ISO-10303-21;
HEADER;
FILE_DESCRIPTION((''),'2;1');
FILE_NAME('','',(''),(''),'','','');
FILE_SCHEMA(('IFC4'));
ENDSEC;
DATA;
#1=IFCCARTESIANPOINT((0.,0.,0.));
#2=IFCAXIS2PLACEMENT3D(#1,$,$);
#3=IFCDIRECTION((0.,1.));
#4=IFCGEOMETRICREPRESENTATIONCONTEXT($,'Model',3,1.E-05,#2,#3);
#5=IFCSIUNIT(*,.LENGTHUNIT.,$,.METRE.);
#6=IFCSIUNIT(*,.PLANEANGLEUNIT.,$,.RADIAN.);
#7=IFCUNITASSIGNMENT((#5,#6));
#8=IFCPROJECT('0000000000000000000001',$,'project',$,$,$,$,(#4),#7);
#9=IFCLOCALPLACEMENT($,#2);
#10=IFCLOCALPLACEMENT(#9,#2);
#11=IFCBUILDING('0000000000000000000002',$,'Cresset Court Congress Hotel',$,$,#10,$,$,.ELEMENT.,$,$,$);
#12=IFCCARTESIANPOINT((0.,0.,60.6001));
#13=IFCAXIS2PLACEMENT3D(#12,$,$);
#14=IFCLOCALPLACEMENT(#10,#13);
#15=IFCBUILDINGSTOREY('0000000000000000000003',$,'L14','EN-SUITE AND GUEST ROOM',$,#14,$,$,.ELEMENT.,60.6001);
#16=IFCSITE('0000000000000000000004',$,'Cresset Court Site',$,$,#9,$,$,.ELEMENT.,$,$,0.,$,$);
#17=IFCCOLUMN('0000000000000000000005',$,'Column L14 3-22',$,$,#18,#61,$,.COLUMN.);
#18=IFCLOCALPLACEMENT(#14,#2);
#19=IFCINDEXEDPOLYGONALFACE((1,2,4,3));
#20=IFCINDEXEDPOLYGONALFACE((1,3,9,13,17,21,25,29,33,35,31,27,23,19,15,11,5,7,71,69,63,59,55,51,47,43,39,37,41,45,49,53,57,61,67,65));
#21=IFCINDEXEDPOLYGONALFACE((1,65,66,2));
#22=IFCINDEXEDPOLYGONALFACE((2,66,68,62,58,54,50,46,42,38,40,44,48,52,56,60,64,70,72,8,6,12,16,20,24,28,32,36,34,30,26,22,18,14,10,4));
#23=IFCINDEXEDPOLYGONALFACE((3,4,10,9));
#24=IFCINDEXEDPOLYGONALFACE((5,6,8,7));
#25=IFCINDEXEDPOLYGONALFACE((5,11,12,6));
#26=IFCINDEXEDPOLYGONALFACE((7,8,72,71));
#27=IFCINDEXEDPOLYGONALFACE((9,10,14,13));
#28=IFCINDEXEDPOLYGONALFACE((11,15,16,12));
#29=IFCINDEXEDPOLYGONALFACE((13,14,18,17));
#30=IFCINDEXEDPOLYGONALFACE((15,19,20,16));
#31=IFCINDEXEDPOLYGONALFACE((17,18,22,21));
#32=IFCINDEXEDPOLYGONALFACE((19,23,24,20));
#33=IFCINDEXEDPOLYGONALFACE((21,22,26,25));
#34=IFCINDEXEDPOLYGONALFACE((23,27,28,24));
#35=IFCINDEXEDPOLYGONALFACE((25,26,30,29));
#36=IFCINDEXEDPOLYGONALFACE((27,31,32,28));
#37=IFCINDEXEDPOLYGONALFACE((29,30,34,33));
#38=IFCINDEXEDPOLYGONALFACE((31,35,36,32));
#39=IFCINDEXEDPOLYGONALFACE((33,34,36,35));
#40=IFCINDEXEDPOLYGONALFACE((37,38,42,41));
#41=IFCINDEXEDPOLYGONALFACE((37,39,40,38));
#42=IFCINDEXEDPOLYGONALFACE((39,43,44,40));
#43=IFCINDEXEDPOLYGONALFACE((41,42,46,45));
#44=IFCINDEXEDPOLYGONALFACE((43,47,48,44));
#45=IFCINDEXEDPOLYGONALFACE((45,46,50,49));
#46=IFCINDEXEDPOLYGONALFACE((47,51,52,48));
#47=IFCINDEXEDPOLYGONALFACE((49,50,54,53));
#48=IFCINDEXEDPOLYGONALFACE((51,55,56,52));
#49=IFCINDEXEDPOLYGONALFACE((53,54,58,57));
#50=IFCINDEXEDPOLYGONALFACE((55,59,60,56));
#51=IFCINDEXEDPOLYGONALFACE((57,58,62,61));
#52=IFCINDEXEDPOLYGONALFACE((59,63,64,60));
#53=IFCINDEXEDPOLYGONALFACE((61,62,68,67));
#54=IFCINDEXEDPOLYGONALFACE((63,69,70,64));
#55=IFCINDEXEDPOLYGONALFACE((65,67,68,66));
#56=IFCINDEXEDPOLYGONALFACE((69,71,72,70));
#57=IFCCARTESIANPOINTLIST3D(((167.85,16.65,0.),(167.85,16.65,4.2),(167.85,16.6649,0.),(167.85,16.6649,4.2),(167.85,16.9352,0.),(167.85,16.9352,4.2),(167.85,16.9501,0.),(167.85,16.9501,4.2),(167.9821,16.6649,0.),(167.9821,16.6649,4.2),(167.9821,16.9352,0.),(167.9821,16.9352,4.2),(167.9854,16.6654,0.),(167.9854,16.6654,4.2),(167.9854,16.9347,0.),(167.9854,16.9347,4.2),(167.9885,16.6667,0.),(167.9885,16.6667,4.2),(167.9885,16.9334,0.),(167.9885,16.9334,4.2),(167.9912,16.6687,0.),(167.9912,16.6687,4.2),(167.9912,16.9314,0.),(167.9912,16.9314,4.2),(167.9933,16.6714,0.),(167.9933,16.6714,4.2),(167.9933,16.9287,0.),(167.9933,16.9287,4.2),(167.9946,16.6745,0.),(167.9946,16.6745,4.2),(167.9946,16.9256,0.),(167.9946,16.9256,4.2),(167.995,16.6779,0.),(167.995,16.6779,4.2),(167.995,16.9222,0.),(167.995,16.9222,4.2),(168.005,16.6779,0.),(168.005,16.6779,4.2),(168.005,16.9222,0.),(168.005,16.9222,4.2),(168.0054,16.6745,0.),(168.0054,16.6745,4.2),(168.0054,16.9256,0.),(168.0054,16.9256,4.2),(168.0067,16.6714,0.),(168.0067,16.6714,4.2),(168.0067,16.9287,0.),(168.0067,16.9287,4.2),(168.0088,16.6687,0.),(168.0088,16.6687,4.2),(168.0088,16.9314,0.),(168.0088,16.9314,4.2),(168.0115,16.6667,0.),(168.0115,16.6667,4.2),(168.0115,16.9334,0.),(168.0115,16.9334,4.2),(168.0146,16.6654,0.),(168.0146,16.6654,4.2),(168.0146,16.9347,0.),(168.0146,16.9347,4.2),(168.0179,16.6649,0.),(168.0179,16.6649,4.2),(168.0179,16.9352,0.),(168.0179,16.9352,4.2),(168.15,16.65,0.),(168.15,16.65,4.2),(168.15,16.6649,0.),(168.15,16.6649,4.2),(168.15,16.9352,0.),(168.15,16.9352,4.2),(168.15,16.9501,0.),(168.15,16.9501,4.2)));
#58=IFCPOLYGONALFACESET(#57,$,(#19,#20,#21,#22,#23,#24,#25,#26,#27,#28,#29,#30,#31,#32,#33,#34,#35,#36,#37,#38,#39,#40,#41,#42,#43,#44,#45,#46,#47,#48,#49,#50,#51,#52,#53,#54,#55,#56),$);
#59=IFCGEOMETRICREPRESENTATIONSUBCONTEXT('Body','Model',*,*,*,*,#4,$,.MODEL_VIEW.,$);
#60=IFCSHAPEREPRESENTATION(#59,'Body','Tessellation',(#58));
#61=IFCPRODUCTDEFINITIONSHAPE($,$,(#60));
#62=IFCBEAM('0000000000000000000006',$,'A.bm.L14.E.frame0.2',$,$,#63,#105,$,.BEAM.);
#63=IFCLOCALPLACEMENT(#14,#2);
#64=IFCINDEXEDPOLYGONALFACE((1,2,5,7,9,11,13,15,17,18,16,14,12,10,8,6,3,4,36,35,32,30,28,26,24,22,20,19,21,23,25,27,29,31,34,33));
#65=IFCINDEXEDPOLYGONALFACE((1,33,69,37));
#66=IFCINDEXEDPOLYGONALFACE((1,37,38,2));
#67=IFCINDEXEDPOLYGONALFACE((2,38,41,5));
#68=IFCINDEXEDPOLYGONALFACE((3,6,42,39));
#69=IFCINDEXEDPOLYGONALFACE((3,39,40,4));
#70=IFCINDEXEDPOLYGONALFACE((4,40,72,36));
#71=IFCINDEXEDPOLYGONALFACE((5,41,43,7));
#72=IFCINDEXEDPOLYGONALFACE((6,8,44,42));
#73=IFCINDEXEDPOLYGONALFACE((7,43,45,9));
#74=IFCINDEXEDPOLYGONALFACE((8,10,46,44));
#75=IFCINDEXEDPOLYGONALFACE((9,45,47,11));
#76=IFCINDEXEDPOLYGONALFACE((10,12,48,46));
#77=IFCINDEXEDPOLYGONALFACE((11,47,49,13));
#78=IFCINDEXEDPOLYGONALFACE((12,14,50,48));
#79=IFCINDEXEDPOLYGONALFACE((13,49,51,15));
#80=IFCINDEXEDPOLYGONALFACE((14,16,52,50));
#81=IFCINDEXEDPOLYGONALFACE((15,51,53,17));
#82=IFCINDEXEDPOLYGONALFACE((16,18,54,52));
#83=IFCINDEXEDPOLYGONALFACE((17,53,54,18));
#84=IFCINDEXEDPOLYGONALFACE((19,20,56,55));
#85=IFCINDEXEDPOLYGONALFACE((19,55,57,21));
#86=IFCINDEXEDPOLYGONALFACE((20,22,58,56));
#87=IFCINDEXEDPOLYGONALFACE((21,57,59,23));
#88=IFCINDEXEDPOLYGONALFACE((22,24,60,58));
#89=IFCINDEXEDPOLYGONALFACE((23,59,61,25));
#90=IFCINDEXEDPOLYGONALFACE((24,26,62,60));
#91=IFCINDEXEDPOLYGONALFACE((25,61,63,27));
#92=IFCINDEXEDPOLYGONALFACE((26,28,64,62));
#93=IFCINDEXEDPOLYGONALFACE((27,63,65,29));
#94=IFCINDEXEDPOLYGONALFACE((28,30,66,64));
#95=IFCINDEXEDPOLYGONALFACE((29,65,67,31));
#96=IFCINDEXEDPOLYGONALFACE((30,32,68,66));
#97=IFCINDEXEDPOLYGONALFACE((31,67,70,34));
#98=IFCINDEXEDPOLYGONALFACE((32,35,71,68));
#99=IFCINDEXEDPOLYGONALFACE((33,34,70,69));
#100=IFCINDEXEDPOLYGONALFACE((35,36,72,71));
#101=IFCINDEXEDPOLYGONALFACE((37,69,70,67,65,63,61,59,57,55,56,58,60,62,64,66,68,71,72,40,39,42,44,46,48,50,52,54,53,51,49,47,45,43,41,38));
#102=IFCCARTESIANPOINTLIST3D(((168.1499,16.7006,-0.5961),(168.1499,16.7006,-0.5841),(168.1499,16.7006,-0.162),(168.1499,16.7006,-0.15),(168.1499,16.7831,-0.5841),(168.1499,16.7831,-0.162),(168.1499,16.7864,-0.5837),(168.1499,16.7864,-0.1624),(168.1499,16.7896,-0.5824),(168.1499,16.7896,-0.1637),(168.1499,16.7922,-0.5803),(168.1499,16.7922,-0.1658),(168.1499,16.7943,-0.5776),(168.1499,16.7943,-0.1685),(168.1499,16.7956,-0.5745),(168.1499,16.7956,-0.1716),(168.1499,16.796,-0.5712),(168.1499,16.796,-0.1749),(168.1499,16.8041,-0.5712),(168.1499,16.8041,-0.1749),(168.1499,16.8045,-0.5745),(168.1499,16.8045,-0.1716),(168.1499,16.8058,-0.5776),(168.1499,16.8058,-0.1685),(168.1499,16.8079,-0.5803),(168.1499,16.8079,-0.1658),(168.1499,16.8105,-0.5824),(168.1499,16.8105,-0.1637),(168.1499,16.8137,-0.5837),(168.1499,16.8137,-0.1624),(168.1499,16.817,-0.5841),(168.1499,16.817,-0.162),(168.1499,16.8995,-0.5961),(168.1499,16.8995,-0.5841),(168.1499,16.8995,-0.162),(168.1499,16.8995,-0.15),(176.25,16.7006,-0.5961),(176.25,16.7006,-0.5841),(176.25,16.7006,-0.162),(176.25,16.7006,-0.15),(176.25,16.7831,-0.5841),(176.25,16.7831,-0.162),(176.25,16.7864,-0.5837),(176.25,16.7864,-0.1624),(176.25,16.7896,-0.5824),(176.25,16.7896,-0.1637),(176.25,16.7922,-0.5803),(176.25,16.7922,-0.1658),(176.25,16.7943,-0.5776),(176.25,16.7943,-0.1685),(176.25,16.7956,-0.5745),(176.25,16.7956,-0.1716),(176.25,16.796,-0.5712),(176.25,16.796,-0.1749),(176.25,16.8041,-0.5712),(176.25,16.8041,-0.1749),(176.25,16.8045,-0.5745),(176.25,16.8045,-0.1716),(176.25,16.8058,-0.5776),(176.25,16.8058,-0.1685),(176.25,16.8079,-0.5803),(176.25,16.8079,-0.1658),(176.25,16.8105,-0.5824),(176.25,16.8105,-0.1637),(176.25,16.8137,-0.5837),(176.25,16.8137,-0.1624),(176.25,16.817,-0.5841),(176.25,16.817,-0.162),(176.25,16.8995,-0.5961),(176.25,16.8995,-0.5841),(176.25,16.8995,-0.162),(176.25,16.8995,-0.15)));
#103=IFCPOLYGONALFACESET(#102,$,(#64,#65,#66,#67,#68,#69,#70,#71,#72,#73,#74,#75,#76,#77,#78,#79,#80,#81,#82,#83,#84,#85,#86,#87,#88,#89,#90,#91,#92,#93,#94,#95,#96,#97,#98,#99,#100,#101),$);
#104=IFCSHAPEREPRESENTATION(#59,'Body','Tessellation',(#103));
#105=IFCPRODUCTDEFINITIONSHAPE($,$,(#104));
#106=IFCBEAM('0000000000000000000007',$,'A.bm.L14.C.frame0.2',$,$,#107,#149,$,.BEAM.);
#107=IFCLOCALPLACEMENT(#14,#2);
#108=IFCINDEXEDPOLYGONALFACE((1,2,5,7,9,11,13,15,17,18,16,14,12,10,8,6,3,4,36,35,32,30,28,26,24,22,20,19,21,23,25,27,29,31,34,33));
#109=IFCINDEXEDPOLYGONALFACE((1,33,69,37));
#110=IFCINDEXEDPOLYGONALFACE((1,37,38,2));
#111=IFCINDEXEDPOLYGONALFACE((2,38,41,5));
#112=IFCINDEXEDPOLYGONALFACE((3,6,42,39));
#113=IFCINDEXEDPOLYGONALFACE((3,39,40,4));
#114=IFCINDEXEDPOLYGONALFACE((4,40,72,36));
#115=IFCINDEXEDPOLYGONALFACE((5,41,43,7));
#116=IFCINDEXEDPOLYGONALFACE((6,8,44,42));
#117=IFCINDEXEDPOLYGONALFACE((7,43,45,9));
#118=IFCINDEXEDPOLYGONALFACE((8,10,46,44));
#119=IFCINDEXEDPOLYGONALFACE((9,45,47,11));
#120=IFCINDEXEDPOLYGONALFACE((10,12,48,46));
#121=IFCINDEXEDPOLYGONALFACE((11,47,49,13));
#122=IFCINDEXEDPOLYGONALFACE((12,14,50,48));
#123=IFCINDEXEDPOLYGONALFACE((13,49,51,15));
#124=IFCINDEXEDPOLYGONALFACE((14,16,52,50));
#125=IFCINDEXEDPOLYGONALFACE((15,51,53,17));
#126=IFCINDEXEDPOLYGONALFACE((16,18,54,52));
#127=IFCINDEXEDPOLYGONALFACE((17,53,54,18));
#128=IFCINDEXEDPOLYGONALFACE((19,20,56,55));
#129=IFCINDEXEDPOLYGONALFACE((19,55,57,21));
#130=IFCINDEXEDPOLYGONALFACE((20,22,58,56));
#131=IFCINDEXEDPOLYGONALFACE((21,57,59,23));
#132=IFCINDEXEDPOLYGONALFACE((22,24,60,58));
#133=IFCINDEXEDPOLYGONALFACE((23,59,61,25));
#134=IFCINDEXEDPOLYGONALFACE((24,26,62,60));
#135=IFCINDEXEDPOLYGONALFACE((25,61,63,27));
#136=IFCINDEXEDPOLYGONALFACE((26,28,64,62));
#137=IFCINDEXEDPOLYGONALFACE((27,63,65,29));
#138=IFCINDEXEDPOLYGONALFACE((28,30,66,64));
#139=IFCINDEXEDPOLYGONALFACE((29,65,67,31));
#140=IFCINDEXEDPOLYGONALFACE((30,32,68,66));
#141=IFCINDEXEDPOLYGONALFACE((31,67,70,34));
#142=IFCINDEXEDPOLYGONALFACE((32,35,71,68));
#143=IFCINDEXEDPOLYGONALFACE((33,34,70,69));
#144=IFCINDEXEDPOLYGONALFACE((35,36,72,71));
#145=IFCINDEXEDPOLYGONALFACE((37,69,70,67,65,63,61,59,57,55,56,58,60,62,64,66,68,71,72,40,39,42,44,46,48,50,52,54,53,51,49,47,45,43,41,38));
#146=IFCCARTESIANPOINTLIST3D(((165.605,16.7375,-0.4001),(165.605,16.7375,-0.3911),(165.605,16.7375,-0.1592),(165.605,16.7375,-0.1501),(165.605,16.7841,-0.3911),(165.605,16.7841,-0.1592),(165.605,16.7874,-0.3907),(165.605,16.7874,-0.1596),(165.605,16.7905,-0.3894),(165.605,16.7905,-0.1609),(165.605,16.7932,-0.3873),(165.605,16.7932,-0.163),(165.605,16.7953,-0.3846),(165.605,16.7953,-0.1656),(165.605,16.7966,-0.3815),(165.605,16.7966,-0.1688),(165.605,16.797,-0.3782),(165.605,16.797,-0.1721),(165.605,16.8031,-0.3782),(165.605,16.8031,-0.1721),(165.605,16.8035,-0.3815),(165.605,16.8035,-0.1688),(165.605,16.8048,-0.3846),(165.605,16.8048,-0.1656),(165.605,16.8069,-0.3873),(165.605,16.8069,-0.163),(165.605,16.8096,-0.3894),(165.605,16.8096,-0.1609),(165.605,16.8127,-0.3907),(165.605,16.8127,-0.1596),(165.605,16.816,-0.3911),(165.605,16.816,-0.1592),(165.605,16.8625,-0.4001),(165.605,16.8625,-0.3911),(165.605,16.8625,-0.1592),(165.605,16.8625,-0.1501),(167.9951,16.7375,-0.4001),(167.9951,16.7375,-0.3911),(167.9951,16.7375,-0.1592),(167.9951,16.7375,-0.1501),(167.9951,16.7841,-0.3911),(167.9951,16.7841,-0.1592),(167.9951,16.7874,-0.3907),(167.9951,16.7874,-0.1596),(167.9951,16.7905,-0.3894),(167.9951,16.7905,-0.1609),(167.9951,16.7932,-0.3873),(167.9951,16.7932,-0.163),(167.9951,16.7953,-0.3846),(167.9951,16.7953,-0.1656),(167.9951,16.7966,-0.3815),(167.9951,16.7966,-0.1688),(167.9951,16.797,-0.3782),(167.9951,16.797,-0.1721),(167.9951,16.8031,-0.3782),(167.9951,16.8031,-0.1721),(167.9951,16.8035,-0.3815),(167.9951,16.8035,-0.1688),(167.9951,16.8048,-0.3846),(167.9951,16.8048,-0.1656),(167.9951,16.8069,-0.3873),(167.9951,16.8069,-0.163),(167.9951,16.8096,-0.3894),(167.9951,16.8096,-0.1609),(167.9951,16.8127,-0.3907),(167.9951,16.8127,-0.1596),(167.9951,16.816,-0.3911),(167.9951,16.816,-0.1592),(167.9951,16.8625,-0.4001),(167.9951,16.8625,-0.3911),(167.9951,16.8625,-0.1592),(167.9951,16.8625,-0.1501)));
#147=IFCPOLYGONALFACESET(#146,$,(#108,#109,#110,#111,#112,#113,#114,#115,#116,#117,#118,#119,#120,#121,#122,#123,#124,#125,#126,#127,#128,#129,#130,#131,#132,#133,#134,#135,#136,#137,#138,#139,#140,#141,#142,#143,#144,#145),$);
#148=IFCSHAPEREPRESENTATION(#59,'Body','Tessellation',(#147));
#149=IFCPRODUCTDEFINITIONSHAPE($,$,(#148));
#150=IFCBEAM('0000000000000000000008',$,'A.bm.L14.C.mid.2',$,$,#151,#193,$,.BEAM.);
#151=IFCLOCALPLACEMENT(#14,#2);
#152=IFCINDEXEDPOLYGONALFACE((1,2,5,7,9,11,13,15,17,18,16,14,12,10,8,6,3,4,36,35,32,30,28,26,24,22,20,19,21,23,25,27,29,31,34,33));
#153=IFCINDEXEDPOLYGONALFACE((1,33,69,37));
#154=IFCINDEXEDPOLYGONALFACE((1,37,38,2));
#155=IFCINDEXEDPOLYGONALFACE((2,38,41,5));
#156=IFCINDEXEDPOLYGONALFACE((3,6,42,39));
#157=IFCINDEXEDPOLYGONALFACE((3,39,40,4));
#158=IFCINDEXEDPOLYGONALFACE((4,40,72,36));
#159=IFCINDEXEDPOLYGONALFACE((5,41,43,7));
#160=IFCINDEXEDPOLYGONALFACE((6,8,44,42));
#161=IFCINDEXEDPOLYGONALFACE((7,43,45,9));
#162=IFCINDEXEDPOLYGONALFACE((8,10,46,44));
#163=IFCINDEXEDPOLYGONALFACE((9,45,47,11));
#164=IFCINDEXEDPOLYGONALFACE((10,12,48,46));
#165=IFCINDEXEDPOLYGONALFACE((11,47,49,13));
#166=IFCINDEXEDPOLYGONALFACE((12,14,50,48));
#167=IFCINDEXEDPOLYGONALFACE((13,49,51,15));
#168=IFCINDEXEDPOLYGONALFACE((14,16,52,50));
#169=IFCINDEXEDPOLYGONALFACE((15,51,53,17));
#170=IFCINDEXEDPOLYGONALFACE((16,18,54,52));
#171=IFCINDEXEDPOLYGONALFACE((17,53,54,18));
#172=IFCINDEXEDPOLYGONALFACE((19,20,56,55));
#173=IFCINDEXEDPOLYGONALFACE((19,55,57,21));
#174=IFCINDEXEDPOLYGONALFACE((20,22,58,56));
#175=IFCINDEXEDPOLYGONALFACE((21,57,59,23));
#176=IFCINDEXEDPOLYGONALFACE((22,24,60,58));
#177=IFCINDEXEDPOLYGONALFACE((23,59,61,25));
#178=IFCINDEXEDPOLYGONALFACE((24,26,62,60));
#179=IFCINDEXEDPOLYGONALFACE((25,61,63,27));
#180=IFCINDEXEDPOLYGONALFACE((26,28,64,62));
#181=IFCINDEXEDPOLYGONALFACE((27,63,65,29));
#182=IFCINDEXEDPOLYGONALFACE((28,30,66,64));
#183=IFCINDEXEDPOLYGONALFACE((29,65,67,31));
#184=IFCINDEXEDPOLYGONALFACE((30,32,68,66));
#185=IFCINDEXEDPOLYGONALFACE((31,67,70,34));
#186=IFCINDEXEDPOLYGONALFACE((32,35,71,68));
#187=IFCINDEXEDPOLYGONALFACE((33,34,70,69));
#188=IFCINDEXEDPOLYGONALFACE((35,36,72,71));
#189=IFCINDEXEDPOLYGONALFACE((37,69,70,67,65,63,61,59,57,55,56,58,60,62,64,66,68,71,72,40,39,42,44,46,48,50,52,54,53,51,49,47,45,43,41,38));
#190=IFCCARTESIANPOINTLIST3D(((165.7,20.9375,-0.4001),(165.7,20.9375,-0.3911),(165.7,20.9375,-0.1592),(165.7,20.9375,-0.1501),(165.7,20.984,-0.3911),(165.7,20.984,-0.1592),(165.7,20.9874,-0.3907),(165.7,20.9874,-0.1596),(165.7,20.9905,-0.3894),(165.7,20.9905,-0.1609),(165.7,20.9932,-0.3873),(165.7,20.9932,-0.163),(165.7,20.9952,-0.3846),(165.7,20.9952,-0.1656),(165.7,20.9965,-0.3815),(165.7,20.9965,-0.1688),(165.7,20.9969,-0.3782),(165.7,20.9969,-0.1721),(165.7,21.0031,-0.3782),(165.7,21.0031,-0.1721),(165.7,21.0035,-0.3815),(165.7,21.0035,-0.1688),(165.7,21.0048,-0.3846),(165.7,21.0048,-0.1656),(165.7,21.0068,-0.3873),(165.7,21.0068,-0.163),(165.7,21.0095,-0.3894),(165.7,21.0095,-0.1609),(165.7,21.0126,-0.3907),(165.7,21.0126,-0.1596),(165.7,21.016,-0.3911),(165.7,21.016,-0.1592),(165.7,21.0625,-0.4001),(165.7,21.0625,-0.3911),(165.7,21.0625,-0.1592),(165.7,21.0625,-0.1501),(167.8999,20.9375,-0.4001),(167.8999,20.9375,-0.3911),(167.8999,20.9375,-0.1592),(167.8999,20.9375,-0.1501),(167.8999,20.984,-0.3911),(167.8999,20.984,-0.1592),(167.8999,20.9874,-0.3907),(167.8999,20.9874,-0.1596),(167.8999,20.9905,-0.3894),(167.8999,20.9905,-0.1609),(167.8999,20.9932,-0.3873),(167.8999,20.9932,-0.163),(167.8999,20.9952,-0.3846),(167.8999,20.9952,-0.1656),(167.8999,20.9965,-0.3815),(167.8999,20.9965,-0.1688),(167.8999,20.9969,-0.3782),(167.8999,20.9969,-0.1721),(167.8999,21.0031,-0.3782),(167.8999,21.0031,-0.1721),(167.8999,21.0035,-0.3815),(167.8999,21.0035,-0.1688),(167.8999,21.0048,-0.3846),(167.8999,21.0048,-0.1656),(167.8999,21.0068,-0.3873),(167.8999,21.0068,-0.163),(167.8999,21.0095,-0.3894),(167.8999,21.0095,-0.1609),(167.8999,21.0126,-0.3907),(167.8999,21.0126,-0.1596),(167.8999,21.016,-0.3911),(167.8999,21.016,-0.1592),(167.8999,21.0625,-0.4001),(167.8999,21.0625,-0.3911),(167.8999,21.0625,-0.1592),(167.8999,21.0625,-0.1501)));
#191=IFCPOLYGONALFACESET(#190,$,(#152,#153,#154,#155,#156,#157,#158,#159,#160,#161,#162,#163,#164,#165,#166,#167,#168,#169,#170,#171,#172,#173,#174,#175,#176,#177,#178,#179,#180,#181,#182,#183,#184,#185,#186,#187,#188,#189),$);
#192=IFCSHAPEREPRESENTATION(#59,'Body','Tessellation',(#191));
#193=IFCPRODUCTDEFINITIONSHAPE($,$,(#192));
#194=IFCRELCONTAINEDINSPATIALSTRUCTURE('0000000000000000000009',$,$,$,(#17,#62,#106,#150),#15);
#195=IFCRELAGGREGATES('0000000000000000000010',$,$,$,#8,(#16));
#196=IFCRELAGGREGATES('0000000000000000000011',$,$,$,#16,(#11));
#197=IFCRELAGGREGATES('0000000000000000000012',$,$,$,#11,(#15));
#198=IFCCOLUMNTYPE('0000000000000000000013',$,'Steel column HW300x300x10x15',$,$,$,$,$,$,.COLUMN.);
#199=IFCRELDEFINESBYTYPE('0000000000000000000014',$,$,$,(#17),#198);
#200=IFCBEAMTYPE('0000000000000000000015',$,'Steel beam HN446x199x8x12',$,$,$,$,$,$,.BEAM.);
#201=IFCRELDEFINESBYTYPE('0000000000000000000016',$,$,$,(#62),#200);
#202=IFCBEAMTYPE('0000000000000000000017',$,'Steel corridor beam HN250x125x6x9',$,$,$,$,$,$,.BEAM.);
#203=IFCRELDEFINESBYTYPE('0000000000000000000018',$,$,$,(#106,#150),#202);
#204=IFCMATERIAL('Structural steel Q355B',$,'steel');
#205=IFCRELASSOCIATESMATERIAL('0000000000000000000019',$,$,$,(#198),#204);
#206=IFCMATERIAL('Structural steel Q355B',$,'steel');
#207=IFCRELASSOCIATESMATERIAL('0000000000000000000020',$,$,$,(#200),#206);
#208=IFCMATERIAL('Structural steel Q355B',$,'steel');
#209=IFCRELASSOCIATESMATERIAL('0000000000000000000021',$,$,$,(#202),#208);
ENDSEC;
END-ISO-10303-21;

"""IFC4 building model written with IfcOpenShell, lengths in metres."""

from ifc_helpers import new_model, si_unit, direction, frame, origin, origin_2d, place, context, subcontext, project, spatial, i_section, extrude, material, material_profile, profile_set, type_object, element, save


model = new_model("IFC4")

# Units and contexts
model_context = context("Model", 3, precision=1e-05, world=origin(), true_north=direction((0.0, 1.0)))
body_context = subcontext(model_context, "Body", "Model", "MODEL_VIEW")
ifc_project = project(units=[si_unit("LENGTHUNIT", "METRE"), si_unit("PLANEANGLEUNIT", "RADIAN")], contexts=[model_context])

# Site, building, storey
site_placement = place(None, origin())
site = spatial("IfcSite", under=ifc_project, at=site_placement, Name="Cresset Court Site", CompositionType="ELEMENT", RefElevation=0.0)
building_placement = place(site_placement, origin())
building = spatial("IfcBuilding", under=site, at=building_placement, Name="Cresset Court Congress Hotel", CompositionType="ELEMENT")
storey_placement = place(building_placement, frame((0.0, 0.0, 60.6001)))
storey = spatial("IfcBuildingStorey", under=building, at=storey_placement, Name="L14", Description="EN-SUITE AND GUEST ROOM", CompositionType="ELEMENT", Elevation=60.6001)

# Column
ifc_material_1 = material(Name="Structural steel Q355B", Category="steel")
ifc_material_profile_1 = material_profile(ifc_material_1, i_section(OverallWidth=0.3, OverallDepth=0.3, WebThickness=0.01, FlangeThickness=0.0149, FilletRadius=0.0129, at=origin_2d()), Name="HW300x300x10x15")
ifc_profile_set_1 = profile_set([ifc_material_profile_1], Name="Structural steel Q355B")
column_type = type_object("IfcColumnType", Name="Steel column HW300x300x10x15", PredefinedType="COLUMN", material=ifc_profile_set_1)
column_placement = place(storey_placement, frame((168.0, 16.8, 0.0), z_axis=(0.0, 0.0, 1.0), x_axis=(1.0, 0.0, 0.0)))
element("IfcColumn", 1, at=column_placement, inside=storey, type_object=column_type, Name="Column L14 3-22", PredefinedType="COLUMN", context=body_context, shape_type="SweptSolid", body=[
    extrude(i_section(OverallWidth=0.3, OverallDepth=0.3, WebThickness=0.01, FlangeThickness=0.0149, FilletRadius=0.0129, at=origin_2d()), origin(), (0.0, 0.0, 1.0), 4.2),
])

# Beams
ifc_material_2 = material(Name="Structural steel Q355B", Category="steel")
ifc_material_profile_2 = material_profile(ifc_material_2, i_section(OverallWidth=0.199, OverallDepth=0.446, WebThickness=0.0081, FlangeThickness=0.012, FilletRadius=0.0129, at=origin_2d()), Name="HN446x199x8x12")
ifc_profile_set_2 = profile_set([ifc_material_profile_2], Name="Structural steel Q355B")
beam_type_1 = type_object("IfcBeamType", Name="Steel beam HN446x199x8x12", PredefinedType="BEAM", material=ifc_profile_set_2)
beam_1_placement = place(storey_placement, frame((168.1499, 16.8, -0.373), z_axis=(1.0, 0.0, 0.0), x_axis=(0.0, 1.0, 0.0)))
element("IfcBeam", 2, at=beam_1_placement, inside=storey, type_object=beam_type_1, Name="A.bm.L14.E.frame0.2", PredefinedType="BEAM", context=body_context, shape_type="SweptSolid", body=[
    extrude(i_section(OverallWidth=0.199, OverallDepth=0.446, WebThickness=0.0081, FlangeThickness=0.012, FilletRadius=0.0129, at=origin_2d()), origin(), (0.0, 0.0, 1.0), 8.1001),
])
ifc_material_3 = material(Name="Structural steel Q355B", Category="steel")
ifc_material_profile_3 = material_profile(ifc_material_3, i_section(OverallWidth=0.125, OverallDepth=0.25, WebThickness=0.0061, FlangeThickness=0.009, FilletRadius=0.0129, at=origin_2d()), Name="HN250x125x6x9")
ifc_profile_set_3 = profile_set([ifc_material_profile_3], Name="Structural steel Q355B")
beam_type_2 = type_object("IfcBeamType", Name="Steel corridor beam HN250x125x6x9", PredefinedType="BEAM", material=ifc_profile_set_3)
beam_2_placement = place(storey_placement, frame((165.605, 16.8, -0.2751), z_axis=(1.0, 0.0, 0.0), x_axis=(0.0, 1.0, 0.0)))
element("IfcBeam", 3, at=beam_2_placement, inside=storey, type_object=beam_type_2, Name="A.bm.L14.C.frame0.2", PredefinedType="BEAM", context=body_context, shape_type="SweptSolid", body=[
    extrude(i_section(OverallWidth=0.125, OverallDepth=0.25, WebThickness=0.0061, FlangeThickness=0.009, FilletRadius=0.0129, at=origin_2d()), origin(), (0.0, 0.0, 1.0), 2.3901),
])
beam_3_placement = place(storey_placement, frame((165.7, 21.0, -0.2751), z_axis=(1.0, 0.0, 0.0), x_axis=(0.0, 1.0, 0.0)))
element("IfcBeam", 4, at=beam_3_placement, inside=storey, type_object=beam_type_2, Name="A.bm.L14.C.mid.2", PredefinedType="BEAM", context=body_context, shape_type="SweptSolid", body=[
    extrude(i_section(OverallWidth=0.125, OverallDepth=0.25, WebThickness=0.0061, FlangeThickness=0.009, FilletRadius=0.0129, at=origin_2d()), origin(), (0.0, 0.0, 1.0), 2.2),
])

save(model, "model.ifc")
